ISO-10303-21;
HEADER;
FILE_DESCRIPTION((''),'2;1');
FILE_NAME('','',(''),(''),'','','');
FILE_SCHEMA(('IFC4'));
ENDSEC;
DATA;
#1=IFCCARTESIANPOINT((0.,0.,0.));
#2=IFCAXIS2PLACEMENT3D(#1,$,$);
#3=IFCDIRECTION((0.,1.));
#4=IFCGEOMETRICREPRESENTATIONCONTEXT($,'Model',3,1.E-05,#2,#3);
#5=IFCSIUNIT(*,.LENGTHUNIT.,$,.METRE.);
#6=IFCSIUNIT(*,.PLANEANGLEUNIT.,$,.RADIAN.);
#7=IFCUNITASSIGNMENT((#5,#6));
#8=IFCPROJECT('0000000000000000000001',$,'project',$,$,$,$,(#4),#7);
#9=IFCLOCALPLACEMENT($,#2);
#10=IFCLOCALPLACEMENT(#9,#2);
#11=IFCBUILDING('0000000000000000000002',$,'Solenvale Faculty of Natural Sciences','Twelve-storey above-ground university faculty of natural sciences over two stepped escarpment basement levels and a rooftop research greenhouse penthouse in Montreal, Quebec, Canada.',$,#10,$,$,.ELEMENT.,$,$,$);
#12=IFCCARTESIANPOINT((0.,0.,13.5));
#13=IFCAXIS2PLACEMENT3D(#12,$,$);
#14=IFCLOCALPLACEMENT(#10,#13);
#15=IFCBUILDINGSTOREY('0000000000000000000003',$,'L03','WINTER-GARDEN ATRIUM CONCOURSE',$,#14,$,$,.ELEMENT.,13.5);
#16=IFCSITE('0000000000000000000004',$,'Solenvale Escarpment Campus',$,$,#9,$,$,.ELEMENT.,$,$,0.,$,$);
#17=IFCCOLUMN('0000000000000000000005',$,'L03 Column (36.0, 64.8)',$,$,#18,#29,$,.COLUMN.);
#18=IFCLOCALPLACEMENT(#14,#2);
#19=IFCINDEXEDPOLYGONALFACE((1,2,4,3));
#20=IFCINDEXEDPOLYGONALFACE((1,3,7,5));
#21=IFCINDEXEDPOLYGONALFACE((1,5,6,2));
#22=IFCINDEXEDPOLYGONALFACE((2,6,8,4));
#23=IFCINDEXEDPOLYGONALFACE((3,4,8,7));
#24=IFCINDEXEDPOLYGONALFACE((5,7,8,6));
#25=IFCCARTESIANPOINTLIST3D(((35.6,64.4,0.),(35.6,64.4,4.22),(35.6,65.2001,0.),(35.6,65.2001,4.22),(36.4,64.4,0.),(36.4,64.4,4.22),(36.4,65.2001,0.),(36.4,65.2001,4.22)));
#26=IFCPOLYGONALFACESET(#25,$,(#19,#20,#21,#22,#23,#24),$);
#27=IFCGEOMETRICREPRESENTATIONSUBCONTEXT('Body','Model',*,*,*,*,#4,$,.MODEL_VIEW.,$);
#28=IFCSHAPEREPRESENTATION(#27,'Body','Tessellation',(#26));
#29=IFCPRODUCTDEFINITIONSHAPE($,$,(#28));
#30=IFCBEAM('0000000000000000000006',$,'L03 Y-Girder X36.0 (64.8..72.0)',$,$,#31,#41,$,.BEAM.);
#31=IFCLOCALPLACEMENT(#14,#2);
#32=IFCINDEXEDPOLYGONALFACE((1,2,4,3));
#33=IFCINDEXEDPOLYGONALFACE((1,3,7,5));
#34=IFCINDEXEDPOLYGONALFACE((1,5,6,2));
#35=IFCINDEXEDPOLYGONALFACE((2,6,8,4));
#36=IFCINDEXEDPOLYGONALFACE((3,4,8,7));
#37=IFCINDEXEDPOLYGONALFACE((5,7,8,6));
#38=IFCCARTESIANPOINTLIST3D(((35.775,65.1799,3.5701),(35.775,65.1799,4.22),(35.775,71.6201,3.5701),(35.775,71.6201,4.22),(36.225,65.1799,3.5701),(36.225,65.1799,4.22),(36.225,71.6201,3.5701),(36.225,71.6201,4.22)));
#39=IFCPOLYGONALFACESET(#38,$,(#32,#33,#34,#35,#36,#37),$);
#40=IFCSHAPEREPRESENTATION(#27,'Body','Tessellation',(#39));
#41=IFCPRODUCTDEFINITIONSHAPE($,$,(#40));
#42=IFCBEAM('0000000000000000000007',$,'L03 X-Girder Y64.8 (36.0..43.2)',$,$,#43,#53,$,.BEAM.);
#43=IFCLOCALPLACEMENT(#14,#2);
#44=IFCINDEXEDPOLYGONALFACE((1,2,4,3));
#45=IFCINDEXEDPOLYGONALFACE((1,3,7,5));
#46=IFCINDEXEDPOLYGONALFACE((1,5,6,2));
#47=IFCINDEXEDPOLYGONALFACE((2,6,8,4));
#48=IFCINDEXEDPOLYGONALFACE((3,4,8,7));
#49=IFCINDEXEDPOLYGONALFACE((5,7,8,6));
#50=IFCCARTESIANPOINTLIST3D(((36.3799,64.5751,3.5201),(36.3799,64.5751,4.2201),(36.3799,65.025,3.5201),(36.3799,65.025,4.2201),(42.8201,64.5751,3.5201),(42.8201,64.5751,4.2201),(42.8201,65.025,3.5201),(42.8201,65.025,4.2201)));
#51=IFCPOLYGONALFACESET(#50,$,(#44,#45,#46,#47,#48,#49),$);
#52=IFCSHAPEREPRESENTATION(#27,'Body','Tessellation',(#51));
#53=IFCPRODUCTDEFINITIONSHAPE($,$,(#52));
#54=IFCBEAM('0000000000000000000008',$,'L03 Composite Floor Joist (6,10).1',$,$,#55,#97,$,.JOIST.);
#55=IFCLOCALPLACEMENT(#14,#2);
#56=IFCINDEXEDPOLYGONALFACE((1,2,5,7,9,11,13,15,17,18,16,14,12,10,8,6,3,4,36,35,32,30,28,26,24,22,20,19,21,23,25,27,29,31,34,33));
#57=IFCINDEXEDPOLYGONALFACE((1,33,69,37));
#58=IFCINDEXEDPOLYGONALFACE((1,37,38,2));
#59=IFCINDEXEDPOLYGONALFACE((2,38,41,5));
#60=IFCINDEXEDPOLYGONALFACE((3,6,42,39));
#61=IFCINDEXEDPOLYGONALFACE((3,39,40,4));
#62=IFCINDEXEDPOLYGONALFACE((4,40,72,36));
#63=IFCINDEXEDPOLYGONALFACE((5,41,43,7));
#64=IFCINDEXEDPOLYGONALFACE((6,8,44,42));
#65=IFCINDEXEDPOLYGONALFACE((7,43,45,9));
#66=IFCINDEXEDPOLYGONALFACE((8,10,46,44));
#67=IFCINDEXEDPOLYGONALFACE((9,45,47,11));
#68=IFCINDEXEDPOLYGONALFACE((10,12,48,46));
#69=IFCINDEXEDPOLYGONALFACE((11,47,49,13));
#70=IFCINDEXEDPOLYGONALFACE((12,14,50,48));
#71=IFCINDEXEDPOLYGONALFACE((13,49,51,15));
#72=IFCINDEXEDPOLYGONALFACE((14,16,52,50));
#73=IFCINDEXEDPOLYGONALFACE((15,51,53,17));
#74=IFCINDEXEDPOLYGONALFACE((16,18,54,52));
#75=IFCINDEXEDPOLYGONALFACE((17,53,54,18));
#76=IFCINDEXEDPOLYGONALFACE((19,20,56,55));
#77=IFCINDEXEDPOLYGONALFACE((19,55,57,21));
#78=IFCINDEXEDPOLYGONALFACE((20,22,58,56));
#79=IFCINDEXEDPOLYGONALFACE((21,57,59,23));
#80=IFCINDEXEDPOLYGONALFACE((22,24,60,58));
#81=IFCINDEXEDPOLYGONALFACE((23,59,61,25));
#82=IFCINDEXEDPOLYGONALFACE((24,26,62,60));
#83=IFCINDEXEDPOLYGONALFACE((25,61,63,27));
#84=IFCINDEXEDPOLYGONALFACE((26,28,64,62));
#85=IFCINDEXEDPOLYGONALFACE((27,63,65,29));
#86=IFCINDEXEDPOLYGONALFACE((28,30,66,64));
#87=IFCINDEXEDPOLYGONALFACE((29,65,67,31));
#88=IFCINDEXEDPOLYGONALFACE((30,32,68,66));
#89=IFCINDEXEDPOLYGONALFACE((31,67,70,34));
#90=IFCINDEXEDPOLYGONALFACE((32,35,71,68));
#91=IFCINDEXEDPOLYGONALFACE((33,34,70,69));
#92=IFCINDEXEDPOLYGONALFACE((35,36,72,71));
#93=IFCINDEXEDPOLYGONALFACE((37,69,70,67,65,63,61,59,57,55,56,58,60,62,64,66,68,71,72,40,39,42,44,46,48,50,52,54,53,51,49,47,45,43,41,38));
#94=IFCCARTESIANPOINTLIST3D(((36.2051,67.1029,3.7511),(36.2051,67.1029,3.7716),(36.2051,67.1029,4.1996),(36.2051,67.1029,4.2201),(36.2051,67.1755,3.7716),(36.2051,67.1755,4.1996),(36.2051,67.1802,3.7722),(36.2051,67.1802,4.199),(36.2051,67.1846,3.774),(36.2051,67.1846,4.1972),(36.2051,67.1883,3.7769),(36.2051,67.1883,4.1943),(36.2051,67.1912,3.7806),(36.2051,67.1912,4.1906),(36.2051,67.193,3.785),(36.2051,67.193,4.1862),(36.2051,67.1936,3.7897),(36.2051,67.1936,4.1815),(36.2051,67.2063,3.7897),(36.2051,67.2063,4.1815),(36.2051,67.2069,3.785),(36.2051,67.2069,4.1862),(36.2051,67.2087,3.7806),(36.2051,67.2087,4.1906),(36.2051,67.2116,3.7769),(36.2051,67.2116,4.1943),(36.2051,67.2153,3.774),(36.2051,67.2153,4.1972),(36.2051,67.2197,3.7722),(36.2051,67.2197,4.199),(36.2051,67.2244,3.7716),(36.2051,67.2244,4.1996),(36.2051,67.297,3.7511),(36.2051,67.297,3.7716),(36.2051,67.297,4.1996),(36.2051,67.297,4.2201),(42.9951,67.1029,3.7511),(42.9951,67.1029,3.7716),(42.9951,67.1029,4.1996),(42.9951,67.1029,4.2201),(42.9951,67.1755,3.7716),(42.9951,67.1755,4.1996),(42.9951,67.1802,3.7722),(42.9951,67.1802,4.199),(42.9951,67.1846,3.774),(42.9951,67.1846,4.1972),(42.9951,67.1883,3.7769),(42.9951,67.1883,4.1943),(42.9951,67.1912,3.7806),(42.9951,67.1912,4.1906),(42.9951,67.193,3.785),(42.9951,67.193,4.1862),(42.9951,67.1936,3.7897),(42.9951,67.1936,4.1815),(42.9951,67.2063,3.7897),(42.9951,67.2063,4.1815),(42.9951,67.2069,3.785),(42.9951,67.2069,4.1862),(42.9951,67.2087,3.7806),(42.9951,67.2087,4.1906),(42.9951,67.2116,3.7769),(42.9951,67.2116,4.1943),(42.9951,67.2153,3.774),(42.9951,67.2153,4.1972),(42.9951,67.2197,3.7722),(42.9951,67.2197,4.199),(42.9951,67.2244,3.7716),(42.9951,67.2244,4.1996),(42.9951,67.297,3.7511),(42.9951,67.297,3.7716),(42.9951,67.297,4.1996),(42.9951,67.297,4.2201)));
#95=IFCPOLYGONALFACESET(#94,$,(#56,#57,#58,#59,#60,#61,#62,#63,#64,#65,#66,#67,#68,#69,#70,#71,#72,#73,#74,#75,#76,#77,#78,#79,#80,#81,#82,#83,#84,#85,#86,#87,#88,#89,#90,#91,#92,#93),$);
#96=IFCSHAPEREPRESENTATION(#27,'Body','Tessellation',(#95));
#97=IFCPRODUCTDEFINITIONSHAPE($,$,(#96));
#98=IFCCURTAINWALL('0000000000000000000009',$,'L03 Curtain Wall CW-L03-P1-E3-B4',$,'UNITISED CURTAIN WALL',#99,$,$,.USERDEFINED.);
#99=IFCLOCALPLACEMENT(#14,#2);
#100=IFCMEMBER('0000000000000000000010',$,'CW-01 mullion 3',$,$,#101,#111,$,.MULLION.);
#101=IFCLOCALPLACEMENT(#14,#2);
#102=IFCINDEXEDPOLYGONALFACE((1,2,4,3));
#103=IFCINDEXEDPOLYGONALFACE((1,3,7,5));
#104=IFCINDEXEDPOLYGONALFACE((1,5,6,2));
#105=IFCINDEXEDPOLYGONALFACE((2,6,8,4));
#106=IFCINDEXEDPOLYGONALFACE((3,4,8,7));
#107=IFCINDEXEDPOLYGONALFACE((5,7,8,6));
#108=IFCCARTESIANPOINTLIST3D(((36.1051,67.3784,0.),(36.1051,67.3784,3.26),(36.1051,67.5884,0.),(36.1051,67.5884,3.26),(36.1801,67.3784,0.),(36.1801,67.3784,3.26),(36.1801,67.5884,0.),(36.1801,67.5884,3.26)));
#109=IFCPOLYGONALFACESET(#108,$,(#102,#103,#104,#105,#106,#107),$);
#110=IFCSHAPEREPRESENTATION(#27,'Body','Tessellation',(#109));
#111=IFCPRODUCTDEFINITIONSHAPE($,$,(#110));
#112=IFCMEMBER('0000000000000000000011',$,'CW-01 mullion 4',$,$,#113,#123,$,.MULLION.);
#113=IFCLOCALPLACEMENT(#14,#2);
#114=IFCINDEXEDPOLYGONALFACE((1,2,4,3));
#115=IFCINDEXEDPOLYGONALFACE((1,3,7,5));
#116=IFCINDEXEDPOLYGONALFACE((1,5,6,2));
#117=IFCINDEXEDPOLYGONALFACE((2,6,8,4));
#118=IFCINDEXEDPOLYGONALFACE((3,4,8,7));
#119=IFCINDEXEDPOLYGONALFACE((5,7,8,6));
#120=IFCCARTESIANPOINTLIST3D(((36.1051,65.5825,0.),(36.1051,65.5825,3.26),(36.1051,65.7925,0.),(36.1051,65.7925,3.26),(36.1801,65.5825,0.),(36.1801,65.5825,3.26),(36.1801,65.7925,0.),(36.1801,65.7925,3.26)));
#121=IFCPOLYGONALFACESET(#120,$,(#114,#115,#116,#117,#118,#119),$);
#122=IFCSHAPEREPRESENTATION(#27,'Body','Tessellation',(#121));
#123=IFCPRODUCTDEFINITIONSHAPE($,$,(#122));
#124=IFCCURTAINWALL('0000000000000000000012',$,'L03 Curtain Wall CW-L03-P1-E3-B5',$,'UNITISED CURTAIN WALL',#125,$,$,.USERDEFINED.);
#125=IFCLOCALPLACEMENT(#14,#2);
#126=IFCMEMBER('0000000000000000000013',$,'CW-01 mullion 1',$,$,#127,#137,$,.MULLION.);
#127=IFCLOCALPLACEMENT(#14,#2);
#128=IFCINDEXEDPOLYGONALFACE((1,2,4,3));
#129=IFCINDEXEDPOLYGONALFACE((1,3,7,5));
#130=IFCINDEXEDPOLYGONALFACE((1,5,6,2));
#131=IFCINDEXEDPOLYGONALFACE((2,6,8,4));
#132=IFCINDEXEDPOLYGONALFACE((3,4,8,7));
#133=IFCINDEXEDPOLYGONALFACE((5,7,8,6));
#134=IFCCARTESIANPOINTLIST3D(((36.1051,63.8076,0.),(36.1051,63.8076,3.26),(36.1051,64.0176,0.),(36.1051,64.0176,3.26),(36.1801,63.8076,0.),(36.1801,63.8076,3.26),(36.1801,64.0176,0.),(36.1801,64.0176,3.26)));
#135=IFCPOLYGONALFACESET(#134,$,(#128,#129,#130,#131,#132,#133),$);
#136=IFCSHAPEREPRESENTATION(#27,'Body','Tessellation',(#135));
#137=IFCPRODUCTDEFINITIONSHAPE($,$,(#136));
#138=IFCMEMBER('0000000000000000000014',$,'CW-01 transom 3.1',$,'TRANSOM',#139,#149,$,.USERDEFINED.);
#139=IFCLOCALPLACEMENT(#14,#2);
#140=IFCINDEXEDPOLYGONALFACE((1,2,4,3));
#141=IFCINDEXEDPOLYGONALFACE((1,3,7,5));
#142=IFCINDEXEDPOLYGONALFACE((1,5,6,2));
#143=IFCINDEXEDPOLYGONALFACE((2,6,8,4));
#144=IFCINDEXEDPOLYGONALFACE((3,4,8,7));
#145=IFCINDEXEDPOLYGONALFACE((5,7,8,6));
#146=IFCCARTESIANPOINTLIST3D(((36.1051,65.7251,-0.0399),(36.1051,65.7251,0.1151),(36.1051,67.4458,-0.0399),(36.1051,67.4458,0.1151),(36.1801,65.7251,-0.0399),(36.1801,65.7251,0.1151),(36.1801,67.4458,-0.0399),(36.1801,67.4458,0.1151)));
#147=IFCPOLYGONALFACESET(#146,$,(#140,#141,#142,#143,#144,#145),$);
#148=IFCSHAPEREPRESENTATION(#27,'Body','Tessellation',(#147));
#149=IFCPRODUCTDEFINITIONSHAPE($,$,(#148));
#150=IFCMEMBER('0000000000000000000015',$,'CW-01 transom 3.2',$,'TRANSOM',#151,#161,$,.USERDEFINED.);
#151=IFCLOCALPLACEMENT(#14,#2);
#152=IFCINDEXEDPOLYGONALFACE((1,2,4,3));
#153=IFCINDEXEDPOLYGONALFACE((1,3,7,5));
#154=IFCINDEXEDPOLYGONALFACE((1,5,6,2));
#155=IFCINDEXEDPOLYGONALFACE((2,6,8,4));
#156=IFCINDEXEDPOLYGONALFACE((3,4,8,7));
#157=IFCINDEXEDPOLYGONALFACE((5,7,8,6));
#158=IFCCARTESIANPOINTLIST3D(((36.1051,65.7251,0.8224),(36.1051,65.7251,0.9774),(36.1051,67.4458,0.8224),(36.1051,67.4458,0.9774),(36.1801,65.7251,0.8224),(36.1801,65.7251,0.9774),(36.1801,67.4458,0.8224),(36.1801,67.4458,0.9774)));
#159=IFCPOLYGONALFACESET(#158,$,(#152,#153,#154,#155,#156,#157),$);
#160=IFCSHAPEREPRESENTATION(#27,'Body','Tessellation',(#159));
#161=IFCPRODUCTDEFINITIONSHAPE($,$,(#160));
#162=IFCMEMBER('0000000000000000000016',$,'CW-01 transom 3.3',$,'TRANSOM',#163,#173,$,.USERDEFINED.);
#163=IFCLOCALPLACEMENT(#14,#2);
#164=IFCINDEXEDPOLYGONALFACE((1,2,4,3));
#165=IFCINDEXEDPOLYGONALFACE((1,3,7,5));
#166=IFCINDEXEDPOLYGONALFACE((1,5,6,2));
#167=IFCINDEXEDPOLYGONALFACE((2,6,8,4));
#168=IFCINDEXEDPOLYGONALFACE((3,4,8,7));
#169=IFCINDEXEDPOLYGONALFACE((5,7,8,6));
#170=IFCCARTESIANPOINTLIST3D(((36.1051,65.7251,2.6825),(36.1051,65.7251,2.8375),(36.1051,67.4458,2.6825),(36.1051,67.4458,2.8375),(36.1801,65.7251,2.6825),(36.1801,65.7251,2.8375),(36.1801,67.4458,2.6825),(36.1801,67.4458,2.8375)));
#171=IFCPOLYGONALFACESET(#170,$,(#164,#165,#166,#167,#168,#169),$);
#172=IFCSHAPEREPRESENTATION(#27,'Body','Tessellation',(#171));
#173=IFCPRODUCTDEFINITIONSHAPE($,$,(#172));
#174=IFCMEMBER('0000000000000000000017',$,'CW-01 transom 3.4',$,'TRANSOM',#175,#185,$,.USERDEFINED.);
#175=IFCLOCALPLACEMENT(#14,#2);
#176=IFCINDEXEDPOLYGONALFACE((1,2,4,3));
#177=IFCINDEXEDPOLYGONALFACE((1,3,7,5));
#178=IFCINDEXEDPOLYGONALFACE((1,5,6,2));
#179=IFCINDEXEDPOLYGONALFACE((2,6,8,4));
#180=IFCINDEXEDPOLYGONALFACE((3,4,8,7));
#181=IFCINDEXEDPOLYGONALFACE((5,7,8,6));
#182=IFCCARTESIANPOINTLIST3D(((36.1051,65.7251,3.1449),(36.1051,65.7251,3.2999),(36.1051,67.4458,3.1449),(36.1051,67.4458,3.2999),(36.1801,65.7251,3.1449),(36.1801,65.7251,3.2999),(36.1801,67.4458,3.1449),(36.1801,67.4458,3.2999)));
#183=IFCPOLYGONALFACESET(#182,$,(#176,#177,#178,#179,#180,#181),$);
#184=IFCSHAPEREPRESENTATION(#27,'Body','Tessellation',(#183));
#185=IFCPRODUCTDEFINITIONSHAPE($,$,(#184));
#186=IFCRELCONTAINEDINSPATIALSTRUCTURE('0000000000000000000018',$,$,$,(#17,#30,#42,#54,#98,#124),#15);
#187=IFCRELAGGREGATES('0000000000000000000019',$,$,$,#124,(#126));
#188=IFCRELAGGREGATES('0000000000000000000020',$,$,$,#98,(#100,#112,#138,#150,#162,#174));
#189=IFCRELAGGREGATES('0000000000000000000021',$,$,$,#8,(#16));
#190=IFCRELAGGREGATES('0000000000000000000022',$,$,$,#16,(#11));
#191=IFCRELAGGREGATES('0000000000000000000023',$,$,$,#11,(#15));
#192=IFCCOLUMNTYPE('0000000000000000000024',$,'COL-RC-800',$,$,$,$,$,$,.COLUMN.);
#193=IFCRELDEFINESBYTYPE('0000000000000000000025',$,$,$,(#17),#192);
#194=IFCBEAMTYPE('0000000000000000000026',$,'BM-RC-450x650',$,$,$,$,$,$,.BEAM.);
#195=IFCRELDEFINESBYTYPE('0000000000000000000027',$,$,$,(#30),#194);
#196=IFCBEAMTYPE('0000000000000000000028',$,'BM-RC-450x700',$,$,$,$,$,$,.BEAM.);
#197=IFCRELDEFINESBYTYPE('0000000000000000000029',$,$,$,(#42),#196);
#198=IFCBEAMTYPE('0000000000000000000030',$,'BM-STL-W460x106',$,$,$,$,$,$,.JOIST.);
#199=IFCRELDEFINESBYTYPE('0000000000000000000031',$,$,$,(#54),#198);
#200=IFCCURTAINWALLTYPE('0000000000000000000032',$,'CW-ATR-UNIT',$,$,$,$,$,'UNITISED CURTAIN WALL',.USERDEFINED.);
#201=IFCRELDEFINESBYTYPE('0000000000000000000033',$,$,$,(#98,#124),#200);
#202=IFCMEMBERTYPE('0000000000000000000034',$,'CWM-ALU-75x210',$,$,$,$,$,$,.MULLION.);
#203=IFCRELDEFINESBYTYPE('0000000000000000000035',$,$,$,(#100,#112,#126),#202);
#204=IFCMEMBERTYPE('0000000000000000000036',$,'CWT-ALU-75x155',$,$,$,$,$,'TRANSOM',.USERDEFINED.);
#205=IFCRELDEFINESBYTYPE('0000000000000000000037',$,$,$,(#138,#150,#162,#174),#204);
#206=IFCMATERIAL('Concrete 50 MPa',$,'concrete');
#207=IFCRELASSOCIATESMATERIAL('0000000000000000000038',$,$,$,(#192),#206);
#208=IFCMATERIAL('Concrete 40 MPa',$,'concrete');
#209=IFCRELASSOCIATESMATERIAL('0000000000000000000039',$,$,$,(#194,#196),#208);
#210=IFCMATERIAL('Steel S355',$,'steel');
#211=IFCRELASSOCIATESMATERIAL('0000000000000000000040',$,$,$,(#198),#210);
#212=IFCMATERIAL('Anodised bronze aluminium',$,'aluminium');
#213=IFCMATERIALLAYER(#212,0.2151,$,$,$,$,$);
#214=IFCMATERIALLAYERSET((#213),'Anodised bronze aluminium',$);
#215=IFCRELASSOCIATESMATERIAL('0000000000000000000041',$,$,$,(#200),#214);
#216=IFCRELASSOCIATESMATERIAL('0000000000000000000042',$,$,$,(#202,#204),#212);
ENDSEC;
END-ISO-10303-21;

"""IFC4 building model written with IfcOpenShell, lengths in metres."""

from ifc_helpers import new_model, si_unit, direction, frame, origin, origin_2d, place, context, subcontext, project, spatial, rectangle, i_section, extrude, material, layer, layer_set, material_profile, profile_set, type_object, element, aggregate, save


model = new_model("IFC4")

# Units and contexts
model_context = context("Model", 3, precision=1e-05, world=origin(), true_north=direction((0.0, 1.0)))
body_context = subcontext(model_context, "Body", "Model", "MODEL_VIEW")
ifc_project = project(units=[si_unit("LENGTHUNIT", "METRE"), si_unit("PLANEANGLEUNIT", "RADIAN")], contexts=[model_context])

# Site, building, storey
site_placement = place(None, origin())
site = spatial("IfcSite", under=ifc_project, at=site_placement, Name="Solenvale Escarpment Campus", CompositionType="ELEMENT", RefElevation=0.0)
building_placement = place(site_placement, origin())
building = spatial("IfcBuilding", under=site, at=building_placement, Name="Solenvale Faculty of Natural Sciences", Description="Twelve-storey above-ground university faculty of natural sciences over two stepped escarpment basement levels and a rooftop research greenhouse penthouse in Montreal, Quebec, Canada.", CompositionType="ELEMENT")
storey_placement = place(building_placement, frame((0.0, 0.0, 13.5)))
storey = spatial("IfcBuildingStorey", under=building, at=storey_placement, Name="L03", Description="WINTER-GARDEN ATRIUM CONCOURSE", CompositionType="ELEMENT", Elevation=13.5)

# Column
ifc_material_1 = material(Name="Concrete 50 MPa", Category="concrete")
ifc_material_profile_1 = material_profile(ifc_material_1, rectangle(XDim=0.8, YDim=0.8, at=origin_2d()), Name="RC-COL-800x800")
ifc_profile_set_1 = profile_set([ifc_material_profile_1], Name="Concrete 50 MPa")
column_type = type_object("IfcColumnType", Name="COL-RC-800", PredefinedType="COLUMN", material=ifc_profile_set_1)
column_placement = place(storey_placement, frame((36.0, 64.8, 0.0), z_axis=(0.0, 0.0, 1.0), x_axis=(1.0, 0.0, 0.0)))
element("IfcColumn", 1, at=column_placement, inside=storey, type_object=column_type, Name="L03 Column (36.0, 64.8)", PredefinedType="COLUMN", context=body_context, shape_type="SweptSolid", body=[
    extrude(rectangle(XDim=0.8, YDim=0.8, at=origin_2d()), origin(), (0.0, 0.0, 1.0), 4.22),
])

# Beams
ifc_material_2 = material(Name="Concrete 40 MPa", Category="concrete")
ifc_material_profile_2 = material_profile(ifc_material_2, rectangle(XDim=0.45, YDim=0.6499, at=origin_2d()), Name="RC-BM-450x650")
ifc_profile_set_2 = profile_set([ifc_material_profile_2], Name="Concrete 40 MPa")
beam_type_1 = type_object("IfcBeamType", Name="BM-RC-450x650", PredefinedType="BEAM", material=ifc_profile_set_2)
beam_1_placement = place(storey_placement, frame((36.0, 65.1799, 3.895), z_axis=(0.0, 1.0, 0.0), x_axis=(-1.0, 0.0, 0.0)))
element("IfcBeam", 2, at=beam_1_placement, inside=storey, type_object=beam_type_1, Name="L03 Y-Girder X36.0 (64.8..72.0)", PredefinedType="BEAM", context=body_context, shape_type="SweptSolid", body=[
    extrude(rectangle(XDim=0.45, YDim=0.6499, at=origin_2d()), origin(), (0.0, 0.0, 1.0), 6.4402),
])
ifc_material_profile_3 = material_profile(ifc_material_2, rectangle(XDim=0.45, YDim=0.7, at=origin_2d()), Name="RC-BM-450x700")
ifc_profile_set_3 = profile_set([ifc_material_profile_3], Name="Concrete 40 MPa")
beam_type_2 = type_object("IfcBeamType", Name="BM-RC-450x700", PredefinedType="BEAM", material=ifc_profile_set_3)
beam_2_placement = place(storey_placement, frame((36.3799, 64.8, 3.8701), z_axis=(1.0, 0.0, 0.0), x_axis=(0.0, 1.0, 0.0)))
element("IfcBeam", 3, at=beam_2_placement, inside=storey, type_object=beam_type_2, Name="L03 X-Girder Y64.8 (36.0..43.2)", PredefinedType="BEAM", context=body_context, shape_type="SweptSolid", body=[
    extrude(rectangle(XDim=0.45, YDim=0.7, at=origin_2d()), origin(), (0.0, 0.0, 1.0), 6.4402),
])
ifc_material_3 = material(Name="Steel S355", Category="steel")
ifc_material_profile_4 = material_profile(ifc_material_3, i_section(OverallWidth=0.1941, OverallDepth=0.469, WebThickness=0.0127, FlangeThickness=0.0205, FilletRadius=0.0181, at=origin_2d()), Name="W460x106")
ifc_profile_set_4 = profile_set([ifc_material_profile_4], Name="Steel S355")
beam_type_3 = type_object("IfcBeamType", Name="BM-STL-W460x106", PredefinedType="JOIST", material=ifc_profile_set_4)
beam_3_placement = place(storey_placement, frame((36.2051, 67.2, 3.9856), z_axis=(1.0, 0.0, 0.0), x_axis=(0.0, 1.0, 0.0)))
element("IfcBeam", 4, at=beam_3_placement, inside=storey, type_object=beam_type_3, Name="L03 Composite Floor Joist (6,10).1", PredefinedType="JOIST", context=body_context, shape_type="SweptSolid", body=[
    extrude(i_section(OverallWidth=0.1941, OverallDepth=0.469, WebThickness=0.0127, FlangeThickness=0.0205, FilletRadius=0.0181, at=origin_2d()), origin(), (0.0, 0.0, 1.0), 6.79),
])

# Curtain wall, members
ifc_material_4 = material(Name="Anodised bronze aluminium", Category="aluminium")
ifc_layer_1 = layer(ifc_material_4, 0.2151)
ifc_layer_set_1 = layer_set([ifc_layer_1], Name="Anodised bronze aluminium")
curtain_wall_type = type_object("IfcCurtainWallType", Name="CW-ATR-UNIT", ElementType="UNITISED CURTAIN WALL", PredefinedType="USERDEFINED", material=ifc_layer_set_1)
curtain_wall_1_placement = place(storey_placement, origin())
curtain_wall_1 = element("IfcCurtainWall", 5, at=curtain_wall_1_placement, inside=storey, type_object=curtain_wall_type, Name="L03 Curtain Wall CW-L03-P1-E3-B4", ObjectType="UNITISED CURTAIN WALL", PredefinedType="USERDEFINED")
ifc_material_profile_5 = material_profile(ifc_material_4, rectangle(XDim=0.075, YDim=0.21, at=origin_2d()), Name="ALU-MUL-75x210")
ifc_profile_set_5 = profile_set([ifc_material_profile_5], Name="Anodised bronze aluminium")
member_type_1 = type_object("IfcMemberType", Name="CWM-ALU-75x210", PredefinedType="MULLION", material=ifc_profile_set_5)
member_1_placement = place(storey_placement, frame((36.1426, 67.4834, 0.0), z_axis=(0.0, 0.0, 1.0), x_axis=(1.0, 0.0, 0.0)))
member_1 = element("IfcMember", 6, at=member_1_placement, type_object=member_type_1, Name="CW-01 mullion 3", PredefinedType="MULLION", context=body_context, shape_type="SweptSolid", body=[
    extrude(rectangle(XDim=0.075, YDim=0.21, at=origin_2d()), origin(), (0.0, 0.0, 1.0), 3.26),
])
member_2_placement = place(storey_placement, frame((36.1426, 65.6875, 0.0), z_axis=(0.0, 0.0, 1.0), x_axis=(1.0, 0.0, 0.0)))
member_2 = element("IfcMember", 7, at=member_2_placement, type_object=member_type_1, Name="CW-01 mullion 4", PredefinedType="MULLION", context=body_context, shape_type="SweptSolid", body=[
    extrude(rectangle(XDim=0.075, YDim=0.21, at=origin_2d()), origin(), (0.0, 0.0, 1.0), 3.26),
])

# Curtain wall, member
curtain_wall_2_placement = place(storey_placement, origin())
curtain_wall_2 = element("IfcCurtainWall", 8, at=curtain_wall_2_placement, inside=storey, type_object=curtain_wall_type, Name="L03 Curtain Wall CW-L03-P1-E3-B5", ObjectType="UNITISED CURTAIN WALL", PredefinedType="USERDEFINED")
member_3_placement = place(storey_placement, frame((36.1426, 63.9126, 0.0), z_axis=(0.0, 0.0, 1.0), x_axis=(1.0, 0.0, 0.0)))
member_3 = element("IfcMember", 9, at=member_3_placement, type_object=member_type_1, Name="CW-01 mullion 1", PredefinedType="MULLION", context=body_context, shape_type="SweptSolid", body=[
    extrude(rectangle(XDim=0.075, YDim=0.21, at=origin_2d()), origin(), (0.0, 0.0, 1.0), 3.26),
])

# Members
ifc_material_profile_6 = material_profile(ifc_material_4, rectangle(XDim=0.075, YDim=0.155, at=origin_2d()), Name="ALU-TRN-75x155")
ifc_profile_set_6 = profile_set([ifc_material_profile_6], Name="Anodised bronze aluminium")
member_type_2 = type_object("IfcMemberType", Name="CWT-ALU-75x155", ElementType="TRANSOM", PredefinedType="USERDEFINED", material=ifc_profile_set_6)
member_4_placement = place(storey_placement, frame((36.1426, 67.4458, 0.0376), z_axis=(0.0, -1.0, 0.0), x_axis=(1.0, 0.0, 0.0)))
member_4 = element("IfcMember", 10, at=member_4_placement, type_object=member_type_2, Name="CW-01 transom 3.1", ObjectType="TRANSOM", PredefinedType="USERDEFINED", context=body_context, shape_type="SweptSolid", body=[
    extrude(rectangle(XDim=0.075, YDim=0.155, at=origin_2d()), origin(), (0.0, 0.0, 1.0), 1.7207),
])
member_5_placement = place(storey_placement, frame((36.1426, 67.4458, 0.8999), z_axis=(0.0, -1.0, 0.0), x_axis=(1.0, 0.0, 0.0)))
member_5 = element("IfcMember", 11, at=member_5_placement, type_object=member_type_2, Name="CW-01 transom 3.2", ObjectType="TRANSOM", PredefinedType="USERDEFINED", context=body_context, shape_type="SweptSolid", body=[
    extrude(rectangle(XDim=0.075, YDim=0.155, at=origin_2d()), origin(), (0.0, 0.0, 1.0), 1.7207),
])
member_6_placement = place(storey_placement, frame((36.1426, 67.4458, 2.76), z_axis=(0.0, -1.0, 0.0), x_axis=(1.0, 0.0, 0.0)))
member_6 = element("IfcMember", 12, at=member_6_placement, type_object=member_type_2, Name="CW-01 transom 3.3", ObjectType="TRANSOM", PredefinedType="USERDEFINED", context=body_context, shape_type="SweptSolid", body=[
    extrude(rectangle(XDim=0.075, YDim=0.155, at=origin_2d()), origin(), (0.0, 0.0, 1.0), 1.7207),
])
member_7_placement = place(storey_placement, frame((36.1426, 67.4458, 3.2224), z_axis=(0.0, -1.0, 0.0), x_axis=(1.0, 0.0, 0.0)))
member_7 = element("IfcMember", 13, at=member_7_placement, type_object=member_type_2, Name="CW-01 transom 3.4", ObjectType="TRANSOM", PredefinedType="USERDEFINED", context=body_context, shape_type="SweptSolid", body=[
    extrude(rectangle(XDim=0.075, YDim=0.155, at=origin_2d()), origin(), (0.0, 0.0, 1.0), 1.7207),
])
aggregate(curtain_wall_2, [member_3])

aggregate(curtain_wall_1, [member_1, member_2, member_4, member_5, member_6, member_7])

save(model, "model.ifc")
